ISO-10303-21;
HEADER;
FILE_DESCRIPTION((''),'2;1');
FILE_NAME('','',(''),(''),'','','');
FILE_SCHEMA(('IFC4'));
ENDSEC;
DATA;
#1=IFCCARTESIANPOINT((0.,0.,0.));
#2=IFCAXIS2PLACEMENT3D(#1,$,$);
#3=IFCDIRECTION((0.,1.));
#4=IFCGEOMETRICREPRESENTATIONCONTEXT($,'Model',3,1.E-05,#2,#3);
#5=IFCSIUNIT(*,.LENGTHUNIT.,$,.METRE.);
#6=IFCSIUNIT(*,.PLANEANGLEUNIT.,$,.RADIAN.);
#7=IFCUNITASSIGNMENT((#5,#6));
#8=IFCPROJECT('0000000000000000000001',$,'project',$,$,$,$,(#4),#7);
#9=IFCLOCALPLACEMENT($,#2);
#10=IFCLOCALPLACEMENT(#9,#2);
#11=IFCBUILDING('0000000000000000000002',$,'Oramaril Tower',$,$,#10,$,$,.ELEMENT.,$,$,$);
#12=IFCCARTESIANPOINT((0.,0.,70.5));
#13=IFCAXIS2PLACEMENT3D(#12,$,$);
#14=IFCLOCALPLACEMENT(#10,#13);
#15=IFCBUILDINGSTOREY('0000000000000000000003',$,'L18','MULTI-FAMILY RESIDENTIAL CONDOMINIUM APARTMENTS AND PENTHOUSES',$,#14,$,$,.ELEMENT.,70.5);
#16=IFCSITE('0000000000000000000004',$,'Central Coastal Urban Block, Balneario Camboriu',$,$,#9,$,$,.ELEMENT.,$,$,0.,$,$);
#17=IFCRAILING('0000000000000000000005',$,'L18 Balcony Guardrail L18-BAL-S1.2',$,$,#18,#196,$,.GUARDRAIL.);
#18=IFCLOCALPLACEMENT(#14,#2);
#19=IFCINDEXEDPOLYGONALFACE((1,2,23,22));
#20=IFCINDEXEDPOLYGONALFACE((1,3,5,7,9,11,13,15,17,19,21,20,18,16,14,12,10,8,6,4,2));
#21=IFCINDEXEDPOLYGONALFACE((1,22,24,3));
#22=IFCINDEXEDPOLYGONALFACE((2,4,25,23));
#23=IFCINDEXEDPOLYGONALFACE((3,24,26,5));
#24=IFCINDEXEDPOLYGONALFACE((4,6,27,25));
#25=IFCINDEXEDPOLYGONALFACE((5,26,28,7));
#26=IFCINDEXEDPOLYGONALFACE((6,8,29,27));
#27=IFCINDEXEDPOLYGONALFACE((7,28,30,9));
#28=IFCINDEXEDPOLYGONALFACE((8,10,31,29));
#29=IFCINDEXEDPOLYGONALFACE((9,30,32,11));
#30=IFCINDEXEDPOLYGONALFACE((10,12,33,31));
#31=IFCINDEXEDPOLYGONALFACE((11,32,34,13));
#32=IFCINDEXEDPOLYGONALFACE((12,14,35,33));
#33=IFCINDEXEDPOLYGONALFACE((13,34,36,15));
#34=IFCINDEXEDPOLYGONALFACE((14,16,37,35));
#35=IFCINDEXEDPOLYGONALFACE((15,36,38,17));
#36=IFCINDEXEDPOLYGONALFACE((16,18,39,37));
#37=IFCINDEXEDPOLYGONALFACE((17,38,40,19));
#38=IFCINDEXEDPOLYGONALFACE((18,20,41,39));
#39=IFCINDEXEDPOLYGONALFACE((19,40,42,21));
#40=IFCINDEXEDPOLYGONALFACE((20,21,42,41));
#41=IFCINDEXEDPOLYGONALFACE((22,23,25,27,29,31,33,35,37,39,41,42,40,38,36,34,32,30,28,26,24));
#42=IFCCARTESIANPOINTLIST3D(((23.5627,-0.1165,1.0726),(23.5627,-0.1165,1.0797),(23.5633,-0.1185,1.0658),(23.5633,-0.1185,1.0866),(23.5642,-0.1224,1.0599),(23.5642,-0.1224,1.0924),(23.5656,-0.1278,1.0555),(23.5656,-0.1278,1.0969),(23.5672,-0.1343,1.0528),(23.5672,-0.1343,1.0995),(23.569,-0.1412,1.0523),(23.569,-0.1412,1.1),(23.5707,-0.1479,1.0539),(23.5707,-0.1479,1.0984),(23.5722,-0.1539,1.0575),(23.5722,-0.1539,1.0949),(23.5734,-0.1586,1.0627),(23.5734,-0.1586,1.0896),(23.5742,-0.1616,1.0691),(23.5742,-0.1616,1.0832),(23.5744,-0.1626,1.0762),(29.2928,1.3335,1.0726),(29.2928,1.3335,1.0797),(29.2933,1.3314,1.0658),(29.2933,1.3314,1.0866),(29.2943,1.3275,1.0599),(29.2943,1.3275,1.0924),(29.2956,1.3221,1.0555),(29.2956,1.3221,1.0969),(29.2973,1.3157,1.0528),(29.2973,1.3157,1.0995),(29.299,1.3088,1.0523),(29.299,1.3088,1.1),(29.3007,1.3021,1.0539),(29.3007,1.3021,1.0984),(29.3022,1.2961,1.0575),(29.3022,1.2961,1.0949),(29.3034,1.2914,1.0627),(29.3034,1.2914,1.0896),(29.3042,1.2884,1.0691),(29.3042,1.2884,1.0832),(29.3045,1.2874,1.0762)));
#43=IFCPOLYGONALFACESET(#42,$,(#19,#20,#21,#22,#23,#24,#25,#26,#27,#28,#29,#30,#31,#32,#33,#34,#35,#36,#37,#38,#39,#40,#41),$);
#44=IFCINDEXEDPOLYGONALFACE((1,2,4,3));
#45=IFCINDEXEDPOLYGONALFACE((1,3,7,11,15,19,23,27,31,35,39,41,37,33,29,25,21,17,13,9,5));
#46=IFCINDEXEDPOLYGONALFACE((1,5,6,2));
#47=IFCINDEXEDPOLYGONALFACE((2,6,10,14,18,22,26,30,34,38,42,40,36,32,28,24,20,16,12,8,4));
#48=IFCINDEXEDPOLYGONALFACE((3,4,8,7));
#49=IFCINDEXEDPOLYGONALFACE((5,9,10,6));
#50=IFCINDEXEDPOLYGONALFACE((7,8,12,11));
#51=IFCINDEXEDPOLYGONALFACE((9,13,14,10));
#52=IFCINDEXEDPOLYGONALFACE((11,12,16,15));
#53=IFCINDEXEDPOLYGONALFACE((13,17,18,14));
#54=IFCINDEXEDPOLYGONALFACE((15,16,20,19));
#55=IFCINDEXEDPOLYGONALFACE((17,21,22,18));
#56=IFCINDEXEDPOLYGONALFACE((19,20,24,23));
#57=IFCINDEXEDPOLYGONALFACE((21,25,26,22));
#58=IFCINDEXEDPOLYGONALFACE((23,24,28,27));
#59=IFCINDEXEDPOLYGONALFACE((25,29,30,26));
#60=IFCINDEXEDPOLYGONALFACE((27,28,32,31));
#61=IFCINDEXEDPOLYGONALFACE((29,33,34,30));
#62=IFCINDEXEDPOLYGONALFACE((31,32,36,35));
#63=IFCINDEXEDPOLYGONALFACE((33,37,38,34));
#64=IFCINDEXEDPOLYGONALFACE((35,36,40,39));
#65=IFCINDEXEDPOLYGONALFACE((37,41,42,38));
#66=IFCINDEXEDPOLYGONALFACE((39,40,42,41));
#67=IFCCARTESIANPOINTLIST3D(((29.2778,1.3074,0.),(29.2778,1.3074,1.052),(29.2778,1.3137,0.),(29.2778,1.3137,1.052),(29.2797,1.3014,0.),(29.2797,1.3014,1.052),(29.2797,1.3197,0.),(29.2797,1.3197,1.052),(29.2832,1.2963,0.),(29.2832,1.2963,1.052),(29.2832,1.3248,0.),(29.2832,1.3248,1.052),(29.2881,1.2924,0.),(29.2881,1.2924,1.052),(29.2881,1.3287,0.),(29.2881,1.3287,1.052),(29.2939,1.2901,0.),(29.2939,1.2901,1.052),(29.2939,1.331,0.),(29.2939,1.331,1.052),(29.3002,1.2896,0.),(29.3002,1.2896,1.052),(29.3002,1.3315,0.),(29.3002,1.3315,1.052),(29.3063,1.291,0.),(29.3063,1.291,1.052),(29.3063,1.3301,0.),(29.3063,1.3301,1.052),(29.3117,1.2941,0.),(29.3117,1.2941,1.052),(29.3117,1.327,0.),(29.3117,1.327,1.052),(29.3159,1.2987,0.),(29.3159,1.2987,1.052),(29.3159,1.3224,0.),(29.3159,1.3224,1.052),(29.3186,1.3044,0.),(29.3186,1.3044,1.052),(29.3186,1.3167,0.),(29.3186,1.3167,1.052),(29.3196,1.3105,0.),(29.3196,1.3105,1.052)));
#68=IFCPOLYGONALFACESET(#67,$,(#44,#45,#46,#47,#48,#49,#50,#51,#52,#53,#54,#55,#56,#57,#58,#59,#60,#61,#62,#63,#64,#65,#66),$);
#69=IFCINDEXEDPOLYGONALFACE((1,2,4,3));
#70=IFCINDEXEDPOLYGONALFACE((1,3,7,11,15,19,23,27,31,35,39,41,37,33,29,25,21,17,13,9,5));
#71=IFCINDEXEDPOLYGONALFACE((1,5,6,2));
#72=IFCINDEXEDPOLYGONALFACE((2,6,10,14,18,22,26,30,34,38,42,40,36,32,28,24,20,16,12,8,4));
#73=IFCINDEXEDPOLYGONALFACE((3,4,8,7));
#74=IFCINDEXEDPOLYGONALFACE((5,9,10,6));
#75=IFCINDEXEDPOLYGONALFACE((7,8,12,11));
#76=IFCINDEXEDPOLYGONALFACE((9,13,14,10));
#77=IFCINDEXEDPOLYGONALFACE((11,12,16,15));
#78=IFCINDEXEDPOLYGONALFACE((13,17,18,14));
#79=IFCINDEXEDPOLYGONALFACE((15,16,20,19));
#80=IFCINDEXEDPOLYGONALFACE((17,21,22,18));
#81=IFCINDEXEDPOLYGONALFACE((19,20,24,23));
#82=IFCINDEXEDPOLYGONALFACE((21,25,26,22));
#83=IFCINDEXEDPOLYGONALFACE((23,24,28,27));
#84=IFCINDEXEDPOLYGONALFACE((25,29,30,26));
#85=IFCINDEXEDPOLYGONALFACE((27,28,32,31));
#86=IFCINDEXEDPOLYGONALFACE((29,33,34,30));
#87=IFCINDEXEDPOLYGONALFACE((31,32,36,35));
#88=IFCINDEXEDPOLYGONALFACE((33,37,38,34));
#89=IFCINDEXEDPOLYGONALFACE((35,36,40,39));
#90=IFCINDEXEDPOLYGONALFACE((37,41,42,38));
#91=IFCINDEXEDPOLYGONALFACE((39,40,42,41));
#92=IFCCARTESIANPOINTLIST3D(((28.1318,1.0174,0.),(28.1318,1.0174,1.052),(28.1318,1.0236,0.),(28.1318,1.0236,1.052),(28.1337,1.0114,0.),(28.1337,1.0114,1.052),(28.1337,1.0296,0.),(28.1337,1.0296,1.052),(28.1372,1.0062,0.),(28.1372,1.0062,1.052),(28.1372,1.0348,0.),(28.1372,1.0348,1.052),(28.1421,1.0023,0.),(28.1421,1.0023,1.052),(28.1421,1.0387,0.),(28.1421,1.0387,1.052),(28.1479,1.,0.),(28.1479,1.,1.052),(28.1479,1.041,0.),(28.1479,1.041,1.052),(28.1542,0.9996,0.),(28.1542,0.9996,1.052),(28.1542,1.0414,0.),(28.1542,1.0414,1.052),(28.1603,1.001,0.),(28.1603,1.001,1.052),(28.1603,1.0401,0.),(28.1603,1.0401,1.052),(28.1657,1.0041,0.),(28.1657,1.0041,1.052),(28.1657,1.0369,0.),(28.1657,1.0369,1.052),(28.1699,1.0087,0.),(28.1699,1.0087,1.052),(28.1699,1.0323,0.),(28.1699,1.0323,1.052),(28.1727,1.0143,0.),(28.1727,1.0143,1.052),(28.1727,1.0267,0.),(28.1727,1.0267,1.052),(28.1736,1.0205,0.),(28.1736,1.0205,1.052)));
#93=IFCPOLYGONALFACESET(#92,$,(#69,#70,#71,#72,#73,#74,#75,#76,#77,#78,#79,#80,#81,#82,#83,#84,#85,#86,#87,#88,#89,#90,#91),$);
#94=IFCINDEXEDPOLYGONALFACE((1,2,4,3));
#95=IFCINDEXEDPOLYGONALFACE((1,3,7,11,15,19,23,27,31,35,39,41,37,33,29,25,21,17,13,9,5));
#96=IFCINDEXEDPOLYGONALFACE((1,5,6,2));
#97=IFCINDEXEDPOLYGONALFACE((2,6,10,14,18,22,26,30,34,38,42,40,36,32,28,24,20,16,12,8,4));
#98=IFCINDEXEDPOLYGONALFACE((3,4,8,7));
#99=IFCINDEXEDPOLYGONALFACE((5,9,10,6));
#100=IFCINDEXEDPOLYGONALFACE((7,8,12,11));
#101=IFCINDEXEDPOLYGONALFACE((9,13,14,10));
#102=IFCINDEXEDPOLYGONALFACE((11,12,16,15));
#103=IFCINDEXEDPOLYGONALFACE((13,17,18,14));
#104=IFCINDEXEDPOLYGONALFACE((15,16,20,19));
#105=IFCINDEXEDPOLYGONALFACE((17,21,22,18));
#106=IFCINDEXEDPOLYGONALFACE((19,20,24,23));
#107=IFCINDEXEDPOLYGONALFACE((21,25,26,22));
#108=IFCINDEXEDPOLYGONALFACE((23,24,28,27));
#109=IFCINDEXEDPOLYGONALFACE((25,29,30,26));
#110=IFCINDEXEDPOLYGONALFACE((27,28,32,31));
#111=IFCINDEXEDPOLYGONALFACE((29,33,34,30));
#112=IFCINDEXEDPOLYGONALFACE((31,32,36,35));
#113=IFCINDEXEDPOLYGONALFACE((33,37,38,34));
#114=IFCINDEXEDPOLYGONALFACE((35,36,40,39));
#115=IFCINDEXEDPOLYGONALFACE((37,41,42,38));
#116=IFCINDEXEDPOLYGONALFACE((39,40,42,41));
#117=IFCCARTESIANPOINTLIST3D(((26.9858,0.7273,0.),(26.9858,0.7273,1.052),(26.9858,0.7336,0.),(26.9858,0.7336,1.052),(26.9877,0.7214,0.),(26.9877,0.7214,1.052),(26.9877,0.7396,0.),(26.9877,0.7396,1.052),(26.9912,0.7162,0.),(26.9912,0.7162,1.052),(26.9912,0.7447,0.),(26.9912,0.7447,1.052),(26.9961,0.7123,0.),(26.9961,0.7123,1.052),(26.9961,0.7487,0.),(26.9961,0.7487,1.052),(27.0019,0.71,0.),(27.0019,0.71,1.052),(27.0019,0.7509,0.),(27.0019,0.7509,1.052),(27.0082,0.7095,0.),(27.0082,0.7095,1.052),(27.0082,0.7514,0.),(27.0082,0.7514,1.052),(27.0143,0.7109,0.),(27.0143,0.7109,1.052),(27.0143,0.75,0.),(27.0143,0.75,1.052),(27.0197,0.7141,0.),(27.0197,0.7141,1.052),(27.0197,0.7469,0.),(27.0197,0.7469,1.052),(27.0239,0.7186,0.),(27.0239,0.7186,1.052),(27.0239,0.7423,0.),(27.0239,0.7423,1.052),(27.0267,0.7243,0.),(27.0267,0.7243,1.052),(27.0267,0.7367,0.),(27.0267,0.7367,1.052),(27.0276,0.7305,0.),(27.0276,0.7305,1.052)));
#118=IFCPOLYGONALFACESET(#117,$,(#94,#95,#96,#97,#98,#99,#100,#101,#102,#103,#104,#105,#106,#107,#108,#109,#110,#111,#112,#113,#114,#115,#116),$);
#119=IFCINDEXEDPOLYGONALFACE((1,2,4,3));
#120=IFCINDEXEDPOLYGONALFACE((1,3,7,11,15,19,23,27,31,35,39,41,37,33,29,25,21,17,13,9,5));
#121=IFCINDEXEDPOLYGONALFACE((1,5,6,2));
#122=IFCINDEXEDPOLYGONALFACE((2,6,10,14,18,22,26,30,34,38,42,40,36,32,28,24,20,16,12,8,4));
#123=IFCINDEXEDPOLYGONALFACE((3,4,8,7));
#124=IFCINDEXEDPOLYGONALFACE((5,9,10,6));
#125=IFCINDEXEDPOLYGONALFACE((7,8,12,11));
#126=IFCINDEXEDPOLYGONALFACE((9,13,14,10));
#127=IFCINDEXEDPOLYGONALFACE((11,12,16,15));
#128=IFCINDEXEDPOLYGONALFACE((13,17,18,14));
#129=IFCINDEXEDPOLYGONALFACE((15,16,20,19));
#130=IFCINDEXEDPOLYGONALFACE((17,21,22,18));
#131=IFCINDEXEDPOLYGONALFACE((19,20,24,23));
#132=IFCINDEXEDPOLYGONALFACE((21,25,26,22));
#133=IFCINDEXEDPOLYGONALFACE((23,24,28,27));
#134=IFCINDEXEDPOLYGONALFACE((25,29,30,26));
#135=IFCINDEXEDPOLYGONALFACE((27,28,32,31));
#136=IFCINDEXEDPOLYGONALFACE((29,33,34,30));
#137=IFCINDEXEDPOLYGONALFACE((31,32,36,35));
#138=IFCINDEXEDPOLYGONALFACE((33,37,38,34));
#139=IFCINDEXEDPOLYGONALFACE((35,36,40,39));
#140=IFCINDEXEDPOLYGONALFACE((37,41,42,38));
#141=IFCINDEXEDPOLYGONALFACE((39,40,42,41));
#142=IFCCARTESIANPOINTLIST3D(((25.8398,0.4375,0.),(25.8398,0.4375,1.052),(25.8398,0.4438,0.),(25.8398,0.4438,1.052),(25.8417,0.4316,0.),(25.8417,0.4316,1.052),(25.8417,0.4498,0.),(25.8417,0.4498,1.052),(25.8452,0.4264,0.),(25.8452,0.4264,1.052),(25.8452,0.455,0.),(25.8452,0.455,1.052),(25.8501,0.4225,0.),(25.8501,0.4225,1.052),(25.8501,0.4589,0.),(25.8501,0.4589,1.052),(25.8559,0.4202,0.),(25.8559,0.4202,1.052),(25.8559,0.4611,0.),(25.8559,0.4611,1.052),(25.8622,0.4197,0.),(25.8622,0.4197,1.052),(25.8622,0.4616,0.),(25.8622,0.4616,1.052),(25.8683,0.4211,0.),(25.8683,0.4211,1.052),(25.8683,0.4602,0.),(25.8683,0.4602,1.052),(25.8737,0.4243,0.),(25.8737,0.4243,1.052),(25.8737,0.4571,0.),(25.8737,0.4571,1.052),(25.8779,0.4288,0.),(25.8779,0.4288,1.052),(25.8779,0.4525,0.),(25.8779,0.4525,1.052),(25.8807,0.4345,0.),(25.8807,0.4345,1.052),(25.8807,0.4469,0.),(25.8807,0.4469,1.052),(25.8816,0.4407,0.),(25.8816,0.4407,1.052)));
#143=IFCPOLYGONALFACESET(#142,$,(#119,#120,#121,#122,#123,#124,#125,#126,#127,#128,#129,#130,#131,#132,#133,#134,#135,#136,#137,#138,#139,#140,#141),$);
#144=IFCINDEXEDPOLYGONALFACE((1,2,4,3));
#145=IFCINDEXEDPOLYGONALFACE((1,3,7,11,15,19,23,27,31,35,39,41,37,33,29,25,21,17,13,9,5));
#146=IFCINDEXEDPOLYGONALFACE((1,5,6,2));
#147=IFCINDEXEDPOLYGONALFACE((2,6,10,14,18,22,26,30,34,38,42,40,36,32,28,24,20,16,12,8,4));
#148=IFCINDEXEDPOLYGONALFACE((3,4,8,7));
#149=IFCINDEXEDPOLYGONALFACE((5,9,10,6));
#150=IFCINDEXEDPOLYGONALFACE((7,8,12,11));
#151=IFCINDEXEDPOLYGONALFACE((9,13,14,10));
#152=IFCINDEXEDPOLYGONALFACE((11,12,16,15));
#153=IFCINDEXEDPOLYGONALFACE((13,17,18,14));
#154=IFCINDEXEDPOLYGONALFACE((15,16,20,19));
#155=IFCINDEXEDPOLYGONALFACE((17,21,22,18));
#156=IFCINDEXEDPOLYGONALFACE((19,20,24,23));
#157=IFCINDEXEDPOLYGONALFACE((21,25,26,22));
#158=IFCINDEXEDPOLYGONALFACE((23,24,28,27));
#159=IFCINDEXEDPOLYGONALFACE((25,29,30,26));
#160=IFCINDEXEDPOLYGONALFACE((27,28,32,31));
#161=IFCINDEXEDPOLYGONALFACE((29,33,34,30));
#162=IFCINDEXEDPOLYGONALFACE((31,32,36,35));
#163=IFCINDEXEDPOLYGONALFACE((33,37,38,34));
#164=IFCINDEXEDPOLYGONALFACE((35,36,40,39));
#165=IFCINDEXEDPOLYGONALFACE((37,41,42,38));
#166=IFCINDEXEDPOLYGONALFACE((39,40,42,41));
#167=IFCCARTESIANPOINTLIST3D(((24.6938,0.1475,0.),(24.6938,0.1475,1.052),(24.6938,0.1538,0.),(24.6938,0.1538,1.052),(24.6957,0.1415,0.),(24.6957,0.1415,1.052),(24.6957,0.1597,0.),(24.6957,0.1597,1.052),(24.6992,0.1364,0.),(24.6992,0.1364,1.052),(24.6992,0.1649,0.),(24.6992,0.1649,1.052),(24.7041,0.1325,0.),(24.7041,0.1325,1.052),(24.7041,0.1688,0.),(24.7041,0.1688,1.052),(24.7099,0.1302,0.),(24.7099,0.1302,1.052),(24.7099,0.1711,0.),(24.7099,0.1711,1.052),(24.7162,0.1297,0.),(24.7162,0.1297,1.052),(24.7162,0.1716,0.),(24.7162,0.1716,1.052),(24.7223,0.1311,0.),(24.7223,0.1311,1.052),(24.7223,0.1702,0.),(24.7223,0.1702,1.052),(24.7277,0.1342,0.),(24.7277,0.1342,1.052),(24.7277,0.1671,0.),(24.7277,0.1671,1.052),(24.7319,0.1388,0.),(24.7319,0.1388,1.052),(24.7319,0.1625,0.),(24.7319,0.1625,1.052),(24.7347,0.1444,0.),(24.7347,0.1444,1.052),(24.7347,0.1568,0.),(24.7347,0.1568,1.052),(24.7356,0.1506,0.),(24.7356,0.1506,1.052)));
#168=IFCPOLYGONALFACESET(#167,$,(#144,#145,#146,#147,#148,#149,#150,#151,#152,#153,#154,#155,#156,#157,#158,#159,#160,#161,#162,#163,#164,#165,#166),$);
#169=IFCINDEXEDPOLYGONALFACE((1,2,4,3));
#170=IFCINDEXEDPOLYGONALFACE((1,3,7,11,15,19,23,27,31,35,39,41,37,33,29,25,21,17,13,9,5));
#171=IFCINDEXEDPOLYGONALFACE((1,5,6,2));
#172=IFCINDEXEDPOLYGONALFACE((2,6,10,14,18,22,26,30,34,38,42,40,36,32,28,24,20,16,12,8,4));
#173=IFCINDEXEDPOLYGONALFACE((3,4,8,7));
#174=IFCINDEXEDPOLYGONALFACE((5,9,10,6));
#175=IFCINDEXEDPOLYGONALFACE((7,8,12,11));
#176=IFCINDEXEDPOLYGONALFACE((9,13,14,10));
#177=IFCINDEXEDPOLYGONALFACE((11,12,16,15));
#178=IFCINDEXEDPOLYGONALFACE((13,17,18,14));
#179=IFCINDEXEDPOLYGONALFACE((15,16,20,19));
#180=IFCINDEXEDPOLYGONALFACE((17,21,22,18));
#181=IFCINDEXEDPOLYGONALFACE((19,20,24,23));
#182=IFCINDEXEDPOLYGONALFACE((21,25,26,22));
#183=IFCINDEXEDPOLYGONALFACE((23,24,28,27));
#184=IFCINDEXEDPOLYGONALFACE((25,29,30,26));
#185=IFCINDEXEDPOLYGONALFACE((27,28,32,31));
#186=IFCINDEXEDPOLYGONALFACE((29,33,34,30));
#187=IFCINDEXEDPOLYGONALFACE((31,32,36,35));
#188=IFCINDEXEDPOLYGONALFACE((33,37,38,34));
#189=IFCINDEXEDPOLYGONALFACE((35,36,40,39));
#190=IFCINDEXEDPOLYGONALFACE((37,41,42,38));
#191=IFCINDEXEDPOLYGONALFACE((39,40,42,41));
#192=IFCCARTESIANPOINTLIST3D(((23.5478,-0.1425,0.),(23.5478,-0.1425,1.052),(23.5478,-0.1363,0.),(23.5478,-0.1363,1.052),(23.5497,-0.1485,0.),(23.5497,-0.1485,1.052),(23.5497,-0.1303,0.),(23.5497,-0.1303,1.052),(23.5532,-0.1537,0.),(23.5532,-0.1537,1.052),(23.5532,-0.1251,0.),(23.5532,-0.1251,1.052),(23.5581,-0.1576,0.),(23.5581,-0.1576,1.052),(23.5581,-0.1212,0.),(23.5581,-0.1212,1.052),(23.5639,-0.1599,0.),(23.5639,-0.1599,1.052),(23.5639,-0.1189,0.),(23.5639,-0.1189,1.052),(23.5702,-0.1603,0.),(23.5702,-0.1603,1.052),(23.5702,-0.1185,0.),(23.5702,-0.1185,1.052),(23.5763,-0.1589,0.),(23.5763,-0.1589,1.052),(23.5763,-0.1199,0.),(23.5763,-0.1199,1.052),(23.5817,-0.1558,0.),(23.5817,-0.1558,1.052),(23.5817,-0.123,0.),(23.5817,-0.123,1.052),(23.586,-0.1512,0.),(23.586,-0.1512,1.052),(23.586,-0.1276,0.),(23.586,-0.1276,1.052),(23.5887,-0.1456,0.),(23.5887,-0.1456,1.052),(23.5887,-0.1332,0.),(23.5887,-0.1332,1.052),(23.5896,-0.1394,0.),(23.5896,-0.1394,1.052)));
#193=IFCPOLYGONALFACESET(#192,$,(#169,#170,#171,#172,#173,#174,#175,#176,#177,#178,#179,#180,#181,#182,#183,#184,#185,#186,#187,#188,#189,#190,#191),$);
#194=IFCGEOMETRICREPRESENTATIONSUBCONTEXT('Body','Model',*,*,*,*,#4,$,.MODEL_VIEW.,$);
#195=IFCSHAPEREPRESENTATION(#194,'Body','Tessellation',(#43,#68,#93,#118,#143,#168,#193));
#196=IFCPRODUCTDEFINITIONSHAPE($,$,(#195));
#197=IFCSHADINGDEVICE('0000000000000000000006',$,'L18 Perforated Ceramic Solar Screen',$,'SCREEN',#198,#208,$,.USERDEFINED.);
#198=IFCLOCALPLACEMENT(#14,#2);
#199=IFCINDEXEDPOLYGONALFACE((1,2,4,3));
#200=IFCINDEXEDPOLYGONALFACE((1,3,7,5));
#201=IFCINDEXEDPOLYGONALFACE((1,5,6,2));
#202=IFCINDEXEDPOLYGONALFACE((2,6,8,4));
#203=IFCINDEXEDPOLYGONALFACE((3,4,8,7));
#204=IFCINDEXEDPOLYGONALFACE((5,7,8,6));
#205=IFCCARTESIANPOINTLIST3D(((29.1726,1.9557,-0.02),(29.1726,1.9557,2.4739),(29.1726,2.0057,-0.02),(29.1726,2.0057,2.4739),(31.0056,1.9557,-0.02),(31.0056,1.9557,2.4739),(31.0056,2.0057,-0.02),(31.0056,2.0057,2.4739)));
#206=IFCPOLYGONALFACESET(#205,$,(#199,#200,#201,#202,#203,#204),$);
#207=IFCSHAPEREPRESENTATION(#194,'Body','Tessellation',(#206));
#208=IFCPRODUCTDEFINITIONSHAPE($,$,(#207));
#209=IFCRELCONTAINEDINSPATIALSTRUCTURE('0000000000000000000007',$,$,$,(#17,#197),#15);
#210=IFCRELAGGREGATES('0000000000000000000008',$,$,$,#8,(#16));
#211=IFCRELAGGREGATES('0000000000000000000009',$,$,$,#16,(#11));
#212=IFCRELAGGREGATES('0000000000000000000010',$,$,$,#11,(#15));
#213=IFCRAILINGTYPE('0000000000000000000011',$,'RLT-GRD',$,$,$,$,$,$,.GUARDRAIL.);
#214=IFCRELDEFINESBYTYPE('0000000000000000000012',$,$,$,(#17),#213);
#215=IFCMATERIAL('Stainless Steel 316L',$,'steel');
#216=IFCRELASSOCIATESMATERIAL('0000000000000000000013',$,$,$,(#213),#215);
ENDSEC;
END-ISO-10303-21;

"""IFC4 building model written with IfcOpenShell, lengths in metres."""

from ifc_helpers import new_model, si_unit, direction, frame, origin, origin_2d, place, context, subcontext, project, spatial, rectangle, circle, extrude, material, type_object, element, save


model = new_model("IFC4")

# Units and contexts
model_context = context("Model", 3, precision=1e-05, world=origin(), true_north=direction((0.0, 1.0)))
body_context = subcontext(model_context, "Body", "Model", "MODEL_VIEW")
ifc_project = project(units=[si_unit("LENGTHUNIT", "METRE"), si_unit("PLANEANGLEUNIT", "RADIAN")], contexts=[model_context])

# Site, building, storey
site_placement = place(None, origin())
site = spatial("IfcSite", under=ifc_project, at=site_placement, Name="Central Coastal Urban Block, Balneario Camboriu", CompositionType="ELEMENT", RefElevation=0.0)
building_placement = place(site_placement, origin())
building = spatial("IfcBuilding", under=site, at=building_placement, Name="Oramaril Tower", CompositionType="ELEMENT")
storey_placement = place(building_placement, frame((0.0, 0.0, 70.5)))
storey = spatial("IfcBuildingStorey", under=building, at=storey_placement, Name="L18", Description="MULTI-FAMILY RESIDENTIAL CONDOMINIUM APARTMENTS AND PENTHOUSES", CompositionType="ELEMENT", Elevation=70.5)

# Railing
ifc_material_1 = material(Name="Stainless Steel 316L", Category="steel")
railing_type = type_object("IfcRailingType", Name="RLT-GRD", PredefinedType="GUARDRAIL", material=ifc_material_1)
railing_1_placement = place(storey_placement, frame((29.2986, 1.3105, 0.0)))
element("IfcRailing", 1, at=railing_1_placement, inside=storey, type_object=railing_type, Name="L18 Balcony Guardrail L18-BAL-S1.2", PredefinedType="GUARDRAIL", context=body_context, shape_type="SweptSolid", body=[
    extrude(circle(Radius=0.0239, at=origin_2d()), frame((0.0, 0.0, 1.0762), z_axis=(-0.969444, -0.245314, 0.0), x_axis=(0.245314, -0.969444, 0.0)), (0.0, 0.0, 1.0), 5.9106),
    extrude(circle(Radius=0.021, at=origin_2d()), origin(), (0.0, 0.0, 1.0), 1.052),
    extrude(circle(Radius=0.021, at=origin_2d()), frame((-1.146, -0.29, 0.0)), (0.0, 0.0, 1.0), 1.052),
    extrude(circle(Radius=0.021, at=origin_2d()), frame((-2.292, -0.5801, 0.0)), (0.0, 0.0, 1.0), 1.052),
    extrude(circle(Radius=0.021, at=origin_2d()), frame((-3.438, -0.8699, 0.0)), (0.0, 0.0, 1.0), 1.052),
    extrude(circle(Radius=0.021, at=origin_2d()), frame((-4.584, -1.1599, 0.0)), (0.0, 0.0, 1.0), 1.052),
    extrude(circle(Radius=0.021, at=origin_2d()), frame((-5.73, -1.45, 0.0)), (0.0, 0.0, 1.0), 1.052),
])

# Shading device
shading_device_placement = place(storey_placement, frame((30.0891, 1.9807, -0.02), z_axis=(0.0, 0.0, 1.0), x_axis=(1.0, 0.0, 0.0)))
element("IfcShadingDevice", 2, at=shading_device_placement, inside=storey, Name="L18 Perforated Ceramic Solar Screen", ObjectType="SCREEN", PredefinedType="USERDEFINED", context=body_context, shape_type="SweptSolid", body=[
    extrude(rectangle(XDim=1.833, YDim=0.05, at=origin_2d()), origin(), (0.0, 0.0, 1.0), 2.4939),
])

save(model, "model.ifc")
